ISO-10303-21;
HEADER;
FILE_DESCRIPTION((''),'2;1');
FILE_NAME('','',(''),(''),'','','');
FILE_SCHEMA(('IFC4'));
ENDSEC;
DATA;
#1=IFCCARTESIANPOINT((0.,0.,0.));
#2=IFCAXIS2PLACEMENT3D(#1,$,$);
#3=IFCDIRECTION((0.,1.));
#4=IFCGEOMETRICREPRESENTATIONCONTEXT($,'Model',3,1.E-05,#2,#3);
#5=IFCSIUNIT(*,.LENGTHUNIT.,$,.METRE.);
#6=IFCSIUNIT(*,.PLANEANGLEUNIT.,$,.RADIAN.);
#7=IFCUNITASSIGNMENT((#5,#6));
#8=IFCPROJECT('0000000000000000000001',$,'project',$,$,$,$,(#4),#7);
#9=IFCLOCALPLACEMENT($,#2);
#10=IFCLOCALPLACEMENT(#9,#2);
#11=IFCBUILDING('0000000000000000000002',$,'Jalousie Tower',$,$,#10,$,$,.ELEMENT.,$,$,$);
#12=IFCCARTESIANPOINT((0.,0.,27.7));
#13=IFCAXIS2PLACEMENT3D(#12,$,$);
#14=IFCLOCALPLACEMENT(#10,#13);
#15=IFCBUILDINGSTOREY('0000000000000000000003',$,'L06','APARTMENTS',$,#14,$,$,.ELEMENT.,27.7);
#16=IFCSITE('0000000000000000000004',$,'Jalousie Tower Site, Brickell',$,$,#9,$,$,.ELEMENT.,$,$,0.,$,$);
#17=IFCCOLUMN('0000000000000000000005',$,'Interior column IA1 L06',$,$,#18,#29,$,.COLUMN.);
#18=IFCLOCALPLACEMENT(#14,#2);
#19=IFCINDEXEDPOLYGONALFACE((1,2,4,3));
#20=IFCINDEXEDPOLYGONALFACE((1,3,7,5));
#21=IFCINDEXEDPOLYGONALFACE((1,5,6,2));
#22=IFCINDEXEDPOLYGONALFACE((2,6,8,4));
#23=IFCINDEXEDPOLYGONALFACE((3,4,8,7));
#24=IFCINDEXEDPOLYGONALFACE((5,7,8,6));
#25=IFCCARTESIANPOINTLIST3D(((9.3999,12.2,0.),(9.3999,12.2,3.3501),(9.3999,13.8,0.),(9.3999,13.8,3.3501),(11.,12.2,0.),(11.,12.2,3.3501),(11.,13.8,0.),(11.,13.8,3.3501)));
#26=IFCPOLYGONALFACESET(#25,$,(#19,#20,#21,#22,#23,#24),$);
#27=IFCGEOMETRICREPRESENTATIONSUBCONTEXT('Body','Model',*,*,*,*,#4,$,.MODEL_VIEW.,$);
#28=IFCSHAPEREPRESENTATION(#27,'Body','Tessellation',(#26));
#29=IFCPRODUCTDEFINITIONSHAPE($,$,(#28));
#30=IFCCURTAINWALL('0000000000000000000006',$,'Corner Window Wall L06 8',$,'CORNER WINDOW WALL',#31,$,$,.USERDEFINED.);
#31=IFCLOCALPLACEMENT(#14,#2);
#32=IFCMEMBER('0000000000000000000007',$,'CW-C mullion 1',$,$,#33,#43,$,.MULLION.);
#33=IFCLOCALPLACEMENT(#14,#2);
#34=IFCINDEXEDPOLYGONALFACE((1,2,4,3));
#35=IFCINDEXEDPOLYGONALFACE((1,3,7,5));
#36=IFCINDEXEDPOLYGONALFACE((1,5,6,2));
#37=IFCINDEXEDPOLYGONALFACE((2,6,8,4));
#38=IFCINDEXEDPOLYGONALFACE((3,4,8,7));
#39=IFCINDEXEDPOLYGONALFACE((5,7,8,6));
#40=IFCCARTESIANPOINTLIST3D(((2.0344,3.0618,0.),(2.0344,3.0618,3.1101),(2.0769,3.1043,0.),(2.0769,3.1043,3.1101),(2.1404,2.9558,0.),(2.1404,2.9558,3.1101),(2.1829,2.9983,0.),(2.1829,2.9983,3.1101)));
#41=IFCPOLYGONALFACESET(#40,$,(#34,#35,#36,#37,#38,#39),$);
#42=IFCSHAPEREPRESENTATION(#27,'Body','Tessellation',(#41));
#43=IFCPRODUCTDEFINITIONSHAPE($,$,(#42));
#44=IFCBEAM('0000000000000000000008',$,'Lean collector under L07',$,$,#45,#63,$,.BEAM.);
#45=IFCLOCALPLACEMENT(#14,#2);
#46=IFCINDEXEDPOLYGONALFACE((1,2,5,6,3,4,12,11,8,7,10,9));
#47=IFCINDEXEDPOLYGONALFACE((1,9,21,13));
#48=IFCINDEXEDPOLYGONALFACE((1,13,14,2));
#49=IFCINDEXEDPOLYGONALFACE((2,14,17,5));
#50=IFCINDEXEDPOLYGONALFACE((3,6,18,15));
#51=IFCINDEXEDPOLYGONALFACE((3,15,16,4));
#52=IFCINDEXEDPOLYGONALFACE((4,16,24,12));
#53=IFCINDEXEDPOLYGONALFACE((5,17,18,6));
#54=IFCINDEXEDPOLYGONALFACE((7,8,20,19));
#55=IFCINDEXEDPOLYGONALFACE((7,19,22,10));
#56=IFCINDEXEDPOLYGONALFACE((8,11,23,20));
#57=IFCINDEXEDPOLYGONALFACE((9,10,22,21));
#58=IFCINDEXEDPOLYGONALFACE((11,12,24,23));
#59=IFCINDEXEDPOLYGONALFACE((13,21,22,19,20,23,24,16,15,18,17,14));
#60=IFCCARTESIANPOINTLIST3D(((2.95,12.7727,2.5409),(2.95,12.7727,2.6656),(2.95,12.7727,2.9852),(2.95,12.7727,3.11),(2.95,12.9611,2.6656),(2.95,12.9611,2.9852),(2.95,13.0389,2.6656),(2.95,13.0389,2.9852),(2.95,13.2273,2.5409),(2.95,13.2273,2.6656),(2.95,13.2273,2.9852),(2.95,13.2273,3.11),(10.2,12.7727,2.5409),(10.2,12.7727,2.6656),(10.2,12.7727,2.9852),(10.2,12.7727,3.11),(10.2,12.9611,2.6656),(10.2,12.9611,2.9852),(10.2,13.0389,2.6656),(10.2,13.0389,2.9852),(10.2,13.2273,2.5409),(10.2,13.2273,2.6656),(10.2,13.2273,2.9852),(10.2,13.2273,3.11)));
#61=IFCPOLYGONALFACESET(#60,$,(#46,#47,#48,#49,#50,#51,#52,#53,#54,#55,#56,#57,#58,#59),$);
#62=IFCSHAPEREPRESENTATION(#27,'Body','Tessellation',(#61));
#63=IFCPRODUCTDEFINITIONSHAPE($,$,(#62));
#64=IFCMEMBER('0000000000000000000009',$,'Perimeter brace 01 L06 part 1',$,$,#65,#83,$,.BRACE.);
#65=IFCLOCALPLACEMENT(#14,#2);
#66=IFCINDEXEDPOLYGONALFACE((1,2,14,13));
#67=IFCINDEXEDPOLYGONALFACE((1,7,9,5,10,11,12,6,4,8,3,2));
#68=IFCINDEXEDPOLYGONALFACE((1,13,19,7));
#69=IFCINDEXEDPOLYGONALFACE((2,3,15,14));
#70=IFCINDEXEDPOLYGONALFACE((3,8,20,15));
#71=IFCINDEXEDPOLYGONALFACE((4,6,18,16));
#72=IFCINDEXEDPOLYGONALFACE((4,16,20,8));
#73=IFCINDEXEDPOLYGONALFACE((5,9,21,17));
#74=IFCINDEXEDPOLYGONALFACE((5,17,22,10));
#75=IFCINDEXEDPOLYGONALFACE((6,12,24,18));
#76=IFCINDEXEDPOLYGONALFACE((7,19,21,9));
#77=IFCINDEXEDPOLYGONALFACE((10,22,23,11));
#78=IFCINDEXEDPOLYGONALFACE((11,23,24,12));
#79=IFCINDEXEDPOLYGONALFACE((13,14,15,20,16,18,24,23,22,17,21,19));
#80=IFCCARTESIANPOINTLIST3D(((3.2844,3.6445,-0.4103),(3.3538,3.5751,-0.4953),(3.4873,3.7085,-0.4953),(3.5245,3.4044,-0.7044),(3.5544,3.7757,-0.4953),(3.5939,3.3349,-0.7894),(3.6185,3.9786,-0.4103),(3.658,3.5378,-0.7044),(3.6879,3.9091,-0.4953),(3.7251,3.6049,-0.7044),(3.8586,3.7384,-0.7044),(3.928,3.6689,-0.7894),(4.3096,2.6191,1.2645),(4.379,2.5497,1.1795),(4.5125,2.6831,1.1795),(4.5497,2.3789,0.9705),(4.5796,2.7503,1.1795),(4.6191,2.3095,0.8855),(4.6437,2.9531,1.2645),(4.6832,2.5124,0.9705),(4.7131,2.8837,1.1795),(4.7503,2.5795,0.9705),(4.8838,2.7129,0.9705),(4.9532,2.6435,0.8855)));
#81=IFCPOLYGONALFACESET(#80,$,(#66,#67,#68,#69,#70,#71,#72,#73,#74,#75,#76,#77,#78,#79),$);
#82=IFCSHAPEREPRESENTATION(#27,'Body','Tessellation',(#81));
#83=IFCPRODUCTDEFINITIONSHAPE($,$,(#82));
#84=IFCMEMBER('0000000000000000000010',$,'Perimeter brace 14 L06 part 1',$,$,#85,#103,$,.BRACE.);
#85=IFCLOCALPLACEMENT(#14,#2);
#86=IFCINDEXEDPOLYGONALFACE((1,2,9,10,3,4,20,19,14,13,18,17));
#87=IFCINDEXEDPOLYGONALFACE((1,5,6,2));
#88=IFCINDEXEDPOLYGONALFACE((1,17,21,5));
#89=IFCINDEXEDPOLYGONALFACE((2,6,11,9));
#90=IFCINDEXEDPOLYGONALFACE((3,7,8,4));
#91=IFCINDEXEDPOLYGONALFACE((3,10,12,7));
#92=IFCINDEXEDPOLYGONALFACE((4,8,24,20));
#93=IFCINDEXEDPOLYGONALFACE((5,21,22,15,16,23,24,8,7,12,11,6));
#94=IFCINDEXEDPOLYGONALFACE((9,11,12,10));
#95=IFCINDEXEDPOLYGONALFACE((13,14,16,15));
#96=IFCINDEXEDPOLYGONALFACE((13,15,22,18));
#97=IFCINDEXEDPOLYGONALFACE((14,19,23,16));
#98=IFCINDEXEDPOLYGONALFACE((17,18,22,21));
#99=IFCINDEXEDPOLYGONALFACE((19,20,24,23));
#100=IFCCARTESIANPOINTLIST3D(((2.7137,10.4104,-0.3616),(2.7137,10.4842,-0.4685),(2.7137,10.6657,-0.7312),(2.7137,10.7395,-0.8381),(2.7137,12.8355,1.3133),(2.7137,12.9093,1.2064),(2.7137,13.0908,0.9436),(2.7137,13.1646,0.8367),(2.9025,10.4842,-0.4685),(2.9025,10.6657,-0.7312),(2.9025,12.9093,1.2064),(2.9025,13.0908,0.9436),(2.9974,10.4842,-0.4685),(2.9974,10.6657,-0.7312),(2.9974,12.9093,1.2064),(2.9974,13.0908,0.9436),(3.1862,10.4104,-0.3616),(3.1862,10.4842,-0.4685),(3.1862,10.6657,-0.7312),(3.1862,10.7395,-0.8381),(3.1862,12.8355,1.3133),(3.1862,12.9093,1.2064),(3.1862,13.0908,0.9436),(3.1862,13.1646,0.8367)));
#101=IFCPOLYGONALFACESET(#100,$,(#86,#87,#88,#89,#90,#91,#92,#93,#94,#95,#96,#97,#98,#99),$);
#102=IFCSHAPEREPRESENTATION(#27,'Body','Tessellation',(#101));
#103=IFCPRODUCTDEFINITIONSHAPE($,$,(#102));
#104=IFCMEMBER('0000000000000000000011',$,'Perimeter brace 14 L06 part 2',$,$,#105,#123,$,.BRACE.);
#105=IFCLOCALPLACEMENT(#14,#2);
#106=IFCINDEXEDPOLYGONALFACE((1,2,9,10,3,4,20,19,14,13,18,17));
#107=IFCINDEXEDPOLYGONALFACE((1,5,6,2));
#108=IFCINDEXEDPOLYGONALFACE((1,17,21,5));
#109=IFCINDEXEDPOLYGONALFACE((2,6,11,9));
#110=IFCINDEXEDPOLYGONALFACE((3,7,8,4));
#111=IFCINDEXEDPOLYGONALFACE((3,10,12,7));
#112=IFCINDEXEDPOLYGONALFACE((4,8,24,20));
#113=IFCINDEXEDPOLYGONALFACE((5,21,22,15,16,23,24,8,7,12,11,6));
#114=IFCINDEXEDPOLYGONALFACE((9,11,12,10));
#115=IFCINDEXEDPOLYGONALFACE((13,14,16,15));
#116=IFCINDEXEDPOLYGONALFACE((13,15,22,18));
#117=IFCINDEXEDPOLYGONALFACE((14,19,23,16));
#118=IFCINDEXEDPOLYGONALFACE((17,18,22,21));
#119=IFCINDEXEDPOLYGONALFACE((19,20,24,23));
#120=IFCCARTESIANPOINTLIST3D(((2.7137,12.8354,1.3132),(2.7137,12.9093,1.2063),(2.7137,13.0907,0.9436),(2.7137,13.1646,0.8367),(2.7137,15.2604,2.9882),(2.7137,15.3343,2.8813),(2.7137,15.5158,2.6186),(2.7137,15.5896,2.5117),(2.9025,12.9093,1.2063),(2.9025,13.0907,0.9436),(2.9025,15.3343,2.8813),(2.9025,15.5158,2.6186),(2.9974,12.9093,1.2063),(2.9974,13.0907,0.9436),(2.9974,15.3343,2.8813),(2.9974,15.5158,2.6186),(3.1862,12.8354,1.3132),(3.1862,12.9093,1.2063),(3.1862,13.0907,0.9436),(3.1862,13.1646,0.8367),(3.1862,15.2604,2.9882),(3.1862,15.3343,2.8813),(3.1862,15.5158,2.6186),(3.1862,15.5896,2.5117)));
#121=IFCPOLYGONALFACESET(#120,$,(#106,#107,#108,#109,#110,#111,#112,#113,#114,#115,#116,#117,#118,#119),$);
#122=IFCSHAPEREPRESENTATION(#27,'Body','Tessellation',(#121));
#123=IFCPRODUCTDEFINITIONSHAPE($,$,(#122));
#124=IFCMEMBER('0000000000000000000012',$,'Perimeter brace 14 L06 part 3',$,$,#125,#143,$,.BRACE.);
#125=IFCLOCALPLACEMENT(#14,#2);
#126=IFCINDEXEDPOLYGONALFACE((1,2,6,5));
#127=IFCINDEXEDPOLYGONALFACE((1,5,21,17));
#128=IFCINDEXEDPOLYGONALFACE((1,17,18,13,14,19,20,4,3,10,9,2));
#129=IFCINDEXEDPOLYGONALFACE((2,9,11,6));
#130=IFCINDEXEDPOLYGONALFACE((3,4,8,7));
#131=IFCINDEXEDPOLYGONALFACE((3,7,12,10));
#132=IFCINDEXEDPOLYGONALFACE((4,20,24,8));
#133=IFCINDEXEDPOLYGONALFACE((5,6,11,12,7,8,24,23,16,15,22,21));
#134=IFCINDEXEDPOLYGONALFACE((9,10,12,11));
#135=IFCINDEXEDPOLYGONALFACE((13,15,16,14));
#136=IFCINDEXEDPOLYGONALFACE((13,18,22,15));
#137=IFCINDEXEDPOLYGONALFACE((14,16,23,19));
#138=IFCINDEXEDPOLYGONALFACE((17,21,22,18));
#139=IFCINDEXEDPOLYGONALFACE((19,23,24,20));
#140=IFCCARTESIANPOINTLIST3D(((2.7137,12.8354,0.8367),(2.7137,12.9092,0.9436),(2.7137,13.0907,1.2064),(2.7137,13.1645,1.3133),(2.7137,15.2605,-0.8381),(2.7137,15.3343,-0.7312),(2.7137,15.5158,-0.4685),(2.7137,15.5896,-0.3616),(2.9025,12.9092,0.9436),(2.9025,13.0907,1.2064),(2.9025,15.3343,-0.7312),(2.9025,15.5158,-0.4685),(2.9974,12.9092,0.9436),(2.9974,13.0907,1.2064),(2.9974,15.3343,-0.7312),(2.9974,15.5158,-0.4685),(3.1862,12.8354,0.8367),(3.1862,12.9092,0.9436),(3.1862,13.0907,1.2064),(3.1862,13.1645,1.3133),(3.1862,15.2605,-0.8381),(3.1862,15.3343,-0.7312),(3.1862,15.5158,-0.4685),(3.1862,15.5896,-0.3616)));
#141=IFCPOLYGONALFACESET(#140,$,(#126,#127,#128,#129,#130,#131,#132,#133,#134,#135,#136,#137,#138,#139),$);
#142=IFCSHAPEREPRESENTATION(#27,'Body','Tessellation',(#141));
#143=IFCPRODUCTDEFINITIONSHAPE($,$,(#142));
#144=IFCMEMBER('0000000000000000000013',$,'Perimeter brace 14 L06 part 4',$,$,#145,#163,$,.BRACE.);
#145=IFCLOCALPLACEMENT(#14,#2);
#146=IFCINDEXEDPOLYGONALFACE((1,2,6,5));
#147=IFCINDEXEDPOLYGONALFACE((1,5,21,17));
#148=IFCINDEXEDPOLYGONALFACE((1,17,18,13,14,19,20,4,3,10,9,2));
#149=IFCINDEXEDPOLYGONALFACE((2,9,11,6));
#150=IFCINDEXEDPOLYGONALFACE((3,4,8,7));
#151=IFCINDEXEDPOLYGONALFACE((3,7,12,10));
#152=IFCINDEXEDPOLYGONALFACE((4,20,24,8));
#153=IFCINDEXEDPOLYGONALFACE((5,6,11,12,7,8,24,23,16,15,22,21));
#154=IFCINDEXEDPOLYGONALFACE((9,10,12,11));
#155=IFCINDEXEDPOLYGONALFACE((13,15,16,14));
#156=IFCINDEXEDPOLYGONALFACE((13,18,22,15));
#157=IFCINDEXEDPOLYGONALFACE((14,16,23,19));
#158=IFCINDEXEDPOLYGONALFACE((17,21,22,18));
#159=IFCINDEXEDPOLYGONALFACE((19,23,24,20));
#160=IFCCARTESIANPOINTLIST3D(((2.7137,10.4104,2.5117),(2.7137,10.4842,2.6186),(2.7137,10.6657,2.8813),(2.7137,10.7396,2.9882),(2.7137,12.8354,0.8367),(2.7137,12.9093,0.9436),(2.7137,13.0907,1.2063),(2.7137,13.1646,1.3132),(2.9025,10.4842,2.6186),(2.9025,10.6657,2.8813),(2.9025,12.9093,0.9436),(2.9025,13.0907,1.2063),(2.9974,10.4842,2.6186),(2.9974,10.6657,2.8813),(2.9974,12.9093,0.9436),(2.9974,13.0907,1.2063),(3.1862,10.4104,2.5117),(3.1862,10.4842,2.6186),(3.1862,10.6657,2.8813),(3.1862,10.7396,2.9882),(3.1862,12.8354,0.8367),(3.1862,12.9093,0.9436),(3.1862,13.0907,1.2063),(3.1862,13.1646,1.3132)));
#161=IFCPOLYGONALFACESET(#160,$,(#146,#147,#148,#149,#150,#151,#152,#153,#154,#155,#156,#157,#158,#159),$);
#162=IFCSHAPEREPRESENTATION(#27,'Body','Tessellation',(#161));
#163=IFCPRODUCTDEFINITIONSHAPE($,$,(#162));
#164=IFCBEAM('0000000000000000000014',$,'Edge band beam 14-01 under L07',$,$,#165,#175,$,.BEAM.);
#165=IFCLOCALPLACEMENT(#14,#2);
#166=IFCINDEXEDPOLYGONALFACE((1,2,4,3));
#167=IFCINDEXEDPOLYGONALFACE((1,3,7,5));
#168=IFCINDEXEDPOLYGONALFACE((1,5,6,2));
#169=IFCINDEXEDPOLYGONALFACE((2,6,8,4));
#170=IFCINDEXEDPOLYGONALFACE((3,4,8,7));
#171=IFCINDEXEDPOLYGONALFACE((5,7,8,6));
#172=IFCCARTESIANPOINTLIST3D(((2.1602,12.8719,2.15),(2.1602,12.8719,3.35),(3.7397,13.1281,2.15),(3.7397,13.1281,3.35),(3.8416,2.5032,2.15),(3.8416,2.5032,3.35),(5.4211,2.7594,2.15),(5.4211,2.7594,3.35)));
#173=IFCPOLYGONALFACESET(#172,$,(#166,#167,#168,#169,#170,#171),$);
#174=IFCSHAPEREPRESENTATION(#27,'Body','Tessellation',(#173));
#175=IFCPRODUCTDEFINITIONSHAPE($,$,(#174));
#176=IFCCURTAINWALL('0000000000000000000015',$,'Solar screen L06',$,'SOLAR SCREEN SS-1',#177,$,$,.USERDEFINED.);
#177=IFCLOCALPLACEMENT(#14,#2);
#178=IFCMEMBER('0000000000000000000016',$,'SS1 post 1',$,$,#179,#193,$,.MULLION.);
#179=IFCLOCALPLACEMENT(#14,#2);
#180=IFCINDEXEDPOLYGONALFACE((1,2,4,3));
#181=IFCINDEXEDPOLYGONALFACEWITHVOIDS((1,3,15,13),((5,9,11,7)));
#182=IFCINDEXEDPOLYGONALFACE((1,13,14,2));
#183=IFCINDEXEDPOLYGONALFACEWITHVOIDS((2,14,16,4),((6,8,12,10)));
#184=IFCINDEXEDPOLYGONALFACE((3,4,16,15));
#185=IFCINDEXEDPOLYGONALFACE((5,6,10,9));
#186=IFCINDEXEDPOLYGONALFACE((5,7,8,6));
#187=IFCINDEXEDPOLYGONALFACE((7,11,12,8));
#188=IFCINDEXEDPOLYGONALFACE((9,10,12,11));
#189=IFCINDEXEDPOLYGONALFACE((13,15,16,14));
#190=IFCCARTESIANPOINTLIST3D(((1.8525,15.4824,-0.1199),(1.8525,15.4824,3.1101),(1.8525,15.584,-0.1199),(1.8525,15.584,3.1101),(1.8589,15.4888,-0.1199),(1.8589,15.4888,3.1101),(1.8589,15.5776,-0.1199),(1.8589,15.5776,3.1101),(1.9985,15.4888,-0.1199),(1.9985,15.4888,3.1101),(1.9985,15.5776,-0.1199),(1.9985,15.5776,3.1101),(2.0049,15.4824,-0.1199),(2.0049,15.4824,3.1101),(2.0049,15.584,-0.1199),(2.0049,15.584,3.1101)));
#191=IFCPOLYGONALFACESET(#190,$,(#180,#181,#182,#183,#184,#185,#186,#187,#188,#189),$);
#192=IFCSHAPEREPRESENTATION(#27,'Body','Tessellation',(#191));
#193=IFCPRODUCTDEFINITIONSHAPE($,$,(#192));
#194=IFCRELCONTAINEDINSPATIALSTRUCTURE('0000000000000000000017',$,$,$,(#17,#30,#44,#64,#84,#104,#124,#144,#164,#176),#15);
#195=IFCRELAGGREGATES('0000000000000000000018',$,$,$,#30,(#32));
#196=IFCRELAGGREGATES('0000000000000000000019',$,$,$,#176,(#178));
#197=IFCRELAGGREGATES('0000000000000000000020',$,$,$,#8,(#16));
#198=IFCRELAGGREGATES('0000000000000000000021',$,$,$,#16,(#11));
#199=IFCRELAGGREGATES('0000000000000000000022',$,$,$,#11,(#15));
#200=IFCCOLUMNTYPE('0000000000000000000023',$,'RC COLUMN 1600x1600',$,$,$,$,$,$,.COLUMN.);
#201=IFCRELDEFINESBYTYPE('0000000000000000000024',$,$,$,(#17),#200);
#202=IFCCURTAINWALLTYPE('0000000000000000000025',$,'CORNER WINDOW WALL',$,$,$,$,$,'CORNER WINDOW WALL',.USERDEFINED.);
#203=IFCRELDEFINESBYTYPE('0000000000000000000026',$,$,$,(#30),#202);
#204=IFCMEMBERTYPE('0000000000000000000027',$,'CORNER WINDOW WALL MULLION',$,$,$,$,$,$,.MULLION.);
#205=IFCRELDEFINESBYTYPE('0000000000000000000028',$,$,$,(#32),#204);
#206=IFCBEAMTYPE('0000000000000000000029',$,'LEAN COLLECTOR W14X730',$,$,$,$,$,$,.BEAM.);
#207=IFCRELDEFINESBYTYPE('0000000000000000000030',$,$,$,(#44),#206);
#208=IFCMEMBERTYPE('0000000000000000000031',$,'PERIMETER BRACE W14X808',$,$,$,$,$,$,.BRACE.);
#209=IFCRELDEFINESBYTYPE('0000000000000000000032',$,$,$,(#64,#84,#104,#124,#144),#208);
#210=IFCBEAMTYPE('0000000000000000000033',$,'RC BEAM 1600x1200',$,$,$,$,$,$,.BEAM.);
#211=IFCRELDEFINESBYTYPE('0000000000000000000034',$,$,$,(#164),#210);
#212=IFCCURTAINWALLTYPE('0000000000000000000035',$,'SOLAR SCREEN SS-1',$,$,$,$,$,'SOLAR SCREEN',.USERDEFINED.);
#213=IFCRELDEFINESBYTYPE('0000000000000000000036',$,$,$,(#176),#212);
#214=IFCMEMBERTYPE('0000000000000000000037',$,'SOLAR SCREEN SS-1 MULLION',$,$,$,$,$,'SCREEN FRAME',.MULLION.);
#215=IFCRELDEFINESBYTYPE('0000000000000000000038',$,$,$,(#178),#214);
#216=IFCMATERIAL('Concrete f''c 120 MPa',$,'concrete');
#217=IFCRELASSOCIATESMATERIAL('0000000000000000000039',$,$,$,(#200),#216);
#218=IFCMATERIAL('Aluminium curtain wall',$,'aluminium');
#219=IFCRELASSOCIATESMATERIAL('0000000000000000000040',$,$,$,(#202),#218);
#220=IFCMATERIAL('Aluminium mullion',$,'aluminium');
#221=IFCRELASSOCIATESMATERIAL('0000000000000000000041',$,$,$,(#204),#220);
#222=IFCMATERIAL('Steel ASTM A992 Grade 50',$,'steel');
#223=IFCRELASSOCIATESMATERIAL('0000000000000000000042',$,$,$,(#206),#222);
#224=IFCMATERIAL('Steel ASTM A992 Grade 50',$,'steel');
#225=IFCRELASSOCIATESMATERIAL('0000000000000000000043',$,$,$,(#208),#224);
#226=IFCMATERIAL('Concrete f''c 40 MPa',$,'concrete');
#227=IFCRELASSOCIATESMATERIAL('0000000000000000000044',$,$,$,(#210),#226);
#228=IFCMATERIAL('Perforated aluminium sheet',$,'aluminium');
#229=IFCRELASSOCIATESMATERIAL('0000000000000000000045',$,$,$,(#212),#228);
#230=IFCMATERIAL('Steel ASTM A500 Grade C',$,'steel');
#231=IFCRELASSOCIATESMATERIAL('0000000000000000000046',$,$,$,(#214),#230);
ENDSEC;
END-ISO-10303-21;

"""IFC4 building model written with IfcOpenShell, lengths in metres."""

from ifc_helpers import new_model, si_unit, direction, frame, origin, origin_2d, place, context, subcontext, project, spatial, rectangle, hollow_rectangle, i_section, extrude, material, material_profile, profile_set, type_object, element, aggregate, save


model = new_model("IFC4")

# Units and contexts
model_context = context("Model", 3, precision=1e-05, world=origin(), true_north=direction((0.0, 1.0)))
body_context = subcontext(model_context, "Body", "Model", "MODEL_VIEW")
ifc_project = project(units=[si_unit("LENGTHUNIT", "METRE"), si_unit("PLANEANGLEUNIT", "RADIAN")], contexts=[model_context])

# Site, building, storey
site_placement = place(None, origin())
site = spatial("IfcSite", under=ifc_project, at=site_placement, Name="Jalousie Tower Site, Brickell", CompositionType="ELEMENT", RefElevation=0.0)
building_placement = place(site_placement, origin())
building = spatial("IfcBuilding", under=site, at=building_placement, Name="Jalousie Tower", CompositionType="ELEMENT")
storey_placement = place(building_placement, frame((0.0, 0.0, 27.7)))
storey = spatial("IfcBuildingStorey", under=building, at=storey_placement, Name="L06", Description="APARTMENTS", CompositionType="ELEMENT", Elevation=27.7)

# Column
ifc_material_1 = material(Name="Concrete f'c 120 MPa", Category="concrete")
ifc_material_profile_1 = material_profile(ifc_material_1, rectangle(XDim=1.6001, YDim=1.6001, at=origin_2d()), Name="RC 1600x1600")
ifc_profile_set_1 = profile_set([ifc_material_profile_1], Name="Concrete f'c 120 MPa")
column_type = type_object("IfcColumnType", Name="RC COLUMN 1600x1600", PredefinedType="COLUMN", material=ifc_profile_set_1)
column_placement = place(storey_placement, frame((10.2, 13.0, 0.0), z_axis=(0.0, 0.0, 1.0), x_axis=(1.0, 0.0, 0.0)))
element("IfcColumn", 1, at=column_placement, inside=storey, type_object=column_type, Name="Interior column IA1 L06", PredefinedType="COLUMN", context=body_context, shape_type="SweptSolid", body=[
    extrude(rectangle(XDim=1.6001, YDim=1.6001, at=origin_2d()), origin(), (0.0, 0.0, 1.0), 3.3501),
])

# Curtain wall, member
ifc_material_2 = material(Name="Aluminium curtain wall", Category="aluminium")
curtain_wall_type_1 = type_object("IfcCurtainWallType", Name="CORNER WINDOW WALL", ElementType="CORNER WINDOW WALL", PredefinedType="USERDEFINED", material=ifc_material_2)
curtain_wall_1_placement = place(storey_placement, origin())
curtain_wall_1 = element("IfcCurtainWall", 2, at=curtain_wall_1_placement, inside=storey, type_object=curtain_wall_type_1, Name="Corner Window Wall L06 8", ObjectType="CORNER WINDOW WALL", PredefinedType="USERDEFINED")
ifc_material_3 = material(Name="Aluminium mullion", Category="aluminium")
ifc_material_profile_2 = material_profile(ifc_material_3, rectangle(XDim=0.0601, YDim=0.1499, at=origin_2d()), Name="MULLION 60x150")
ifc_profile_set_2 = profile_set([ifc_material_profile_2], Name="Aluminium mullion")
member_type_1 = type_object("IfcMemberType", Name="CORNER WINDOW WALL MULLION", PredefinedType="MULLION", material=ifc_profile_set_2)
member_1_placement = place(storey_placement, frame((2.1086, 3.03, 0.0), z_axis=(0.0, 0.0, 1.0), x_axis=(0.707107, 0.707107, 0.0)))
member_1 = element("IfcMember", 3, at=member_1_placement, type_object=member_type_1, Name="CW-C mullion 1", PredefinedType="MULLION", context=body_context, shape_type="SweptSolid", body=[
    extrude(rectangle(XDim=0.0601, YDim=0.1499, at=origin_2d()), origin(), (0.0, 0.0, 1.0), 3.1101),
])
aggregate(curtain_wall_1, [member_1])

# Beam
ifc_material_4 = material(Name="Steel ASTM A992 Grade 50", Category="steel")
ifc_material_profile_3 = material_profile(ifc_material_4, i_section(OverallWidth=0.4546, OverallDepth=0.5691, WebThickness=0.0779, FlangeThickness=0.1248, at=origin_2d()), Name="W14X730")
ifc_profile_set_3 = profile_set([ifc_material_profile_3], Name="Steel ASTM A992 Grade 50")
beam_type_1 = type_object("IfcBeamType", Name="LEAN COLLECTOR W14X730", PredefinedType="BEAM", material=ifc_profile_set_3)
beam_1_placement = place(storey_placement, frame((2.95, 13.0, 2.8254), z_axis=(1.0, 0.0, 0.0), x_axis=(0.0, 1.0, 0.0)))
element("IfcBeam", 4, at=beam_1_placement, inside=storey, type_object=beam_type_1, Name="Lean collector under L07", PredefinedType="BEAM", context=body_context, shape_type="SweptSolid", body=[
    extrude(i_section(OverallWidth=0.4546, OverallDepth=0.5691, WebThickness=0.0779, FlangeThickness=0.1248, at=origin_2d()), origin(), (0.0, 0.0, 1.0), 7.25),
])

# Members
ifc_material_5 = material(Name="Steel ASTM A992 Grade 50", Category="steel")
ifc_material_profile_4 = material_profile(ifc_material_5, i_section(OverallWidth=0.4724, OverallDepth=0.5791, WebThickness=0.095, FlangeThickness=0.1299, at=origin_2d()), Name="W14X808")
ifc_profile_set_4 = profile_set([ifc_material_profile_4], Name="Steel ASTM A992 Grade 50")
member_type_2 = type_object("IfcMemberType", Name="PERIMETER BRACE W14X808", PredefinedType="BRACE", material=ifc_profile_set_4)
member_2_placement = place(storey_placement, frame((3.6062, 3.6567, -0.5999), z_axis=(0.462768, -0.462879, 0.756035), x_axis=(0.707191, 0.707023, 0.0)))
element("IfcMember", 5, at=member_2_placement, inside=storey, type_object=member_type_2, Name="Perimeter brace 01 L06 part 1", PredefinedType="BRACE", context=body_context, shape_type="SweptSolid", body=[
    extrude(i_section(OverallWidth=0.4724, OverallDepth=0.5791, WebThickness=0.095, FlangeThickness=0.1299, at=origin_2d()), origin(), (0.0, 0.0, 1.0), 2.2153),
])
for number, where, z_axis, x_axis, name in (
    (6, (2.95, 10.575, -0.5999), (0.0, 0.822839, 0.568275), (-1.0, 0.0, 0.0), "Perimeter brace 14 L06 part 1"),
    (7, (2.95, 13.0, 1.075), (0.0, 0.8228, 0.568331), (-1.0, 0.0, 0.0), "Perimeter brace 14 L06 part 2"),
    (8, (2.95, 15.425, -0.5999), (0.0, -0.822839, 0.568275), (1.0, 0.0, 0.0), "Perimeter brace 14 L06 part 3"),
    (9, (2.95, 13.0, 1.075), (0.0, -0.8228, 0.568331), (1.0, 0.0, 0.0), "Perimeter brace 14 L06 part 4"),
):
    element("IfcMember", number, at=place(storey_placement, frame(where, z_axis=z_axis, x_axis=x_axis)), inside=storey, type_object=member_type_2, Name=name, PredefinedType="BRACE", context=body_context, shape_type="SweptSolid", body=[
        extrude(i_section(OverallWidth=0.4724, OverallDepth=0.5791, WebThickness=0.095, FlangeThickness=0.1299, at=origin_2d()), origin(), (0.0, 0.0, 1.0), 2.9473),
    ])

# Beam
ifc_material_6 = material(Name="Concrete f'c 40 MPa", Category="concrete")
ifc_material_profile_5 = material_profile(ifc_material_6, rectangle(XDim=1.6001, YDim=1.2, at=origin_2d()), Name="RC 1600x1200")
ifc_profile_set_5 = profile_set([ifc_material_profile_5], Name="Concrete f'c 40 MPa")
beam_type_2 = type_object("IfcBeamType", Name="RC BEAM 1600x1200", PredefinedType="BEAM", material=ifc_profile_set_5)
beam_2_placement = place(storey_placement, frame((2.95, 13.0, 2.75), z_axis=(0.160071, -0.987106, 0.0), x_axis=(0.987106, 0.160071, 0.0)))
element("IfcBeam", 10, at=beam_2_placement, inside=storey, type_object=beam_type_2, Name="Edge band beam 14-01 under L07", PredefinedType="BEAM", context=body_context, shape_type="SweptSolid", body=[
    extrude(rectangle(XDim=1.6001, YDim=1.2, at=origin_2d()), origin(), (0.0, 0.0, 1.0), 10.5042),
])

# Curtain wall, member
ifc_material_7 = material(Name="Perforated aluminium sheet", Category="aluminium")
curtain_wall_type_2 = type_object("IfcCurtainWallType", Name="SOLAR SCREEN SS-1", ElementType="SOLAR SCREEN", PredefinedType="USERDEFINED", material=ifc_material_7)
curtain_wall_2_placement = place(storey_placement, origin())
curtain_wall_2 = element("IfcCurtainWall", 11, at=curtain_wall_2_placement, inside=storey, type_object=curtain_wall_type_2, Name="Solar screen L06", ObjectType="SOLAR SCREEN SS-1", PredefinedType="USERDEFINED")
ifc_material_8 = material(Name="Steel ASTM A500 Grade C", Category="steel")
ifc_material_profile_6 = material_profile(ifc_material_8, hollow_rectangle(XDim=0.1016, YDim=0.1523, WallThickness=0.0063, at=origin_2d()), Name="HSS6X4X1/4")
ifc_profile_set_6 = profile_set([ifc_material_profile_6], Name="Steel ASTM A500 Grade C")
member_type_3 = type_object("IfcMemberType", Name="SOLAR SCREEN SS-1 MULLION", ElementType="SCREEN FRAME", PredefinedType="MULLION", material=ifc_profile_set_6)
member_3_placement = place(storey_placement, frame((1.9287, 15.5332, -0.1199), z_axis=(0.0, 0.0, 1.0), x_axis=(0.0, -1.0, 0.0)))
member_3 = element("IfcMember", 12, at=member_3_placement, type_object=member_type_3, Name="SS1 post 1", PredefinedType="MULLION", context=body_context, shape_type="SweptSolid", body=[
    extrude(hollow_rectangle(XDim=0.1016, YDim=0.1523, WallThickness=0.0063, at=origin_2d()), origin(), (0.0, 0.0, 1.0), 3.23),
])

aggregate(curtain_wall_2, [member_3])

save(model, "model.ifc")
